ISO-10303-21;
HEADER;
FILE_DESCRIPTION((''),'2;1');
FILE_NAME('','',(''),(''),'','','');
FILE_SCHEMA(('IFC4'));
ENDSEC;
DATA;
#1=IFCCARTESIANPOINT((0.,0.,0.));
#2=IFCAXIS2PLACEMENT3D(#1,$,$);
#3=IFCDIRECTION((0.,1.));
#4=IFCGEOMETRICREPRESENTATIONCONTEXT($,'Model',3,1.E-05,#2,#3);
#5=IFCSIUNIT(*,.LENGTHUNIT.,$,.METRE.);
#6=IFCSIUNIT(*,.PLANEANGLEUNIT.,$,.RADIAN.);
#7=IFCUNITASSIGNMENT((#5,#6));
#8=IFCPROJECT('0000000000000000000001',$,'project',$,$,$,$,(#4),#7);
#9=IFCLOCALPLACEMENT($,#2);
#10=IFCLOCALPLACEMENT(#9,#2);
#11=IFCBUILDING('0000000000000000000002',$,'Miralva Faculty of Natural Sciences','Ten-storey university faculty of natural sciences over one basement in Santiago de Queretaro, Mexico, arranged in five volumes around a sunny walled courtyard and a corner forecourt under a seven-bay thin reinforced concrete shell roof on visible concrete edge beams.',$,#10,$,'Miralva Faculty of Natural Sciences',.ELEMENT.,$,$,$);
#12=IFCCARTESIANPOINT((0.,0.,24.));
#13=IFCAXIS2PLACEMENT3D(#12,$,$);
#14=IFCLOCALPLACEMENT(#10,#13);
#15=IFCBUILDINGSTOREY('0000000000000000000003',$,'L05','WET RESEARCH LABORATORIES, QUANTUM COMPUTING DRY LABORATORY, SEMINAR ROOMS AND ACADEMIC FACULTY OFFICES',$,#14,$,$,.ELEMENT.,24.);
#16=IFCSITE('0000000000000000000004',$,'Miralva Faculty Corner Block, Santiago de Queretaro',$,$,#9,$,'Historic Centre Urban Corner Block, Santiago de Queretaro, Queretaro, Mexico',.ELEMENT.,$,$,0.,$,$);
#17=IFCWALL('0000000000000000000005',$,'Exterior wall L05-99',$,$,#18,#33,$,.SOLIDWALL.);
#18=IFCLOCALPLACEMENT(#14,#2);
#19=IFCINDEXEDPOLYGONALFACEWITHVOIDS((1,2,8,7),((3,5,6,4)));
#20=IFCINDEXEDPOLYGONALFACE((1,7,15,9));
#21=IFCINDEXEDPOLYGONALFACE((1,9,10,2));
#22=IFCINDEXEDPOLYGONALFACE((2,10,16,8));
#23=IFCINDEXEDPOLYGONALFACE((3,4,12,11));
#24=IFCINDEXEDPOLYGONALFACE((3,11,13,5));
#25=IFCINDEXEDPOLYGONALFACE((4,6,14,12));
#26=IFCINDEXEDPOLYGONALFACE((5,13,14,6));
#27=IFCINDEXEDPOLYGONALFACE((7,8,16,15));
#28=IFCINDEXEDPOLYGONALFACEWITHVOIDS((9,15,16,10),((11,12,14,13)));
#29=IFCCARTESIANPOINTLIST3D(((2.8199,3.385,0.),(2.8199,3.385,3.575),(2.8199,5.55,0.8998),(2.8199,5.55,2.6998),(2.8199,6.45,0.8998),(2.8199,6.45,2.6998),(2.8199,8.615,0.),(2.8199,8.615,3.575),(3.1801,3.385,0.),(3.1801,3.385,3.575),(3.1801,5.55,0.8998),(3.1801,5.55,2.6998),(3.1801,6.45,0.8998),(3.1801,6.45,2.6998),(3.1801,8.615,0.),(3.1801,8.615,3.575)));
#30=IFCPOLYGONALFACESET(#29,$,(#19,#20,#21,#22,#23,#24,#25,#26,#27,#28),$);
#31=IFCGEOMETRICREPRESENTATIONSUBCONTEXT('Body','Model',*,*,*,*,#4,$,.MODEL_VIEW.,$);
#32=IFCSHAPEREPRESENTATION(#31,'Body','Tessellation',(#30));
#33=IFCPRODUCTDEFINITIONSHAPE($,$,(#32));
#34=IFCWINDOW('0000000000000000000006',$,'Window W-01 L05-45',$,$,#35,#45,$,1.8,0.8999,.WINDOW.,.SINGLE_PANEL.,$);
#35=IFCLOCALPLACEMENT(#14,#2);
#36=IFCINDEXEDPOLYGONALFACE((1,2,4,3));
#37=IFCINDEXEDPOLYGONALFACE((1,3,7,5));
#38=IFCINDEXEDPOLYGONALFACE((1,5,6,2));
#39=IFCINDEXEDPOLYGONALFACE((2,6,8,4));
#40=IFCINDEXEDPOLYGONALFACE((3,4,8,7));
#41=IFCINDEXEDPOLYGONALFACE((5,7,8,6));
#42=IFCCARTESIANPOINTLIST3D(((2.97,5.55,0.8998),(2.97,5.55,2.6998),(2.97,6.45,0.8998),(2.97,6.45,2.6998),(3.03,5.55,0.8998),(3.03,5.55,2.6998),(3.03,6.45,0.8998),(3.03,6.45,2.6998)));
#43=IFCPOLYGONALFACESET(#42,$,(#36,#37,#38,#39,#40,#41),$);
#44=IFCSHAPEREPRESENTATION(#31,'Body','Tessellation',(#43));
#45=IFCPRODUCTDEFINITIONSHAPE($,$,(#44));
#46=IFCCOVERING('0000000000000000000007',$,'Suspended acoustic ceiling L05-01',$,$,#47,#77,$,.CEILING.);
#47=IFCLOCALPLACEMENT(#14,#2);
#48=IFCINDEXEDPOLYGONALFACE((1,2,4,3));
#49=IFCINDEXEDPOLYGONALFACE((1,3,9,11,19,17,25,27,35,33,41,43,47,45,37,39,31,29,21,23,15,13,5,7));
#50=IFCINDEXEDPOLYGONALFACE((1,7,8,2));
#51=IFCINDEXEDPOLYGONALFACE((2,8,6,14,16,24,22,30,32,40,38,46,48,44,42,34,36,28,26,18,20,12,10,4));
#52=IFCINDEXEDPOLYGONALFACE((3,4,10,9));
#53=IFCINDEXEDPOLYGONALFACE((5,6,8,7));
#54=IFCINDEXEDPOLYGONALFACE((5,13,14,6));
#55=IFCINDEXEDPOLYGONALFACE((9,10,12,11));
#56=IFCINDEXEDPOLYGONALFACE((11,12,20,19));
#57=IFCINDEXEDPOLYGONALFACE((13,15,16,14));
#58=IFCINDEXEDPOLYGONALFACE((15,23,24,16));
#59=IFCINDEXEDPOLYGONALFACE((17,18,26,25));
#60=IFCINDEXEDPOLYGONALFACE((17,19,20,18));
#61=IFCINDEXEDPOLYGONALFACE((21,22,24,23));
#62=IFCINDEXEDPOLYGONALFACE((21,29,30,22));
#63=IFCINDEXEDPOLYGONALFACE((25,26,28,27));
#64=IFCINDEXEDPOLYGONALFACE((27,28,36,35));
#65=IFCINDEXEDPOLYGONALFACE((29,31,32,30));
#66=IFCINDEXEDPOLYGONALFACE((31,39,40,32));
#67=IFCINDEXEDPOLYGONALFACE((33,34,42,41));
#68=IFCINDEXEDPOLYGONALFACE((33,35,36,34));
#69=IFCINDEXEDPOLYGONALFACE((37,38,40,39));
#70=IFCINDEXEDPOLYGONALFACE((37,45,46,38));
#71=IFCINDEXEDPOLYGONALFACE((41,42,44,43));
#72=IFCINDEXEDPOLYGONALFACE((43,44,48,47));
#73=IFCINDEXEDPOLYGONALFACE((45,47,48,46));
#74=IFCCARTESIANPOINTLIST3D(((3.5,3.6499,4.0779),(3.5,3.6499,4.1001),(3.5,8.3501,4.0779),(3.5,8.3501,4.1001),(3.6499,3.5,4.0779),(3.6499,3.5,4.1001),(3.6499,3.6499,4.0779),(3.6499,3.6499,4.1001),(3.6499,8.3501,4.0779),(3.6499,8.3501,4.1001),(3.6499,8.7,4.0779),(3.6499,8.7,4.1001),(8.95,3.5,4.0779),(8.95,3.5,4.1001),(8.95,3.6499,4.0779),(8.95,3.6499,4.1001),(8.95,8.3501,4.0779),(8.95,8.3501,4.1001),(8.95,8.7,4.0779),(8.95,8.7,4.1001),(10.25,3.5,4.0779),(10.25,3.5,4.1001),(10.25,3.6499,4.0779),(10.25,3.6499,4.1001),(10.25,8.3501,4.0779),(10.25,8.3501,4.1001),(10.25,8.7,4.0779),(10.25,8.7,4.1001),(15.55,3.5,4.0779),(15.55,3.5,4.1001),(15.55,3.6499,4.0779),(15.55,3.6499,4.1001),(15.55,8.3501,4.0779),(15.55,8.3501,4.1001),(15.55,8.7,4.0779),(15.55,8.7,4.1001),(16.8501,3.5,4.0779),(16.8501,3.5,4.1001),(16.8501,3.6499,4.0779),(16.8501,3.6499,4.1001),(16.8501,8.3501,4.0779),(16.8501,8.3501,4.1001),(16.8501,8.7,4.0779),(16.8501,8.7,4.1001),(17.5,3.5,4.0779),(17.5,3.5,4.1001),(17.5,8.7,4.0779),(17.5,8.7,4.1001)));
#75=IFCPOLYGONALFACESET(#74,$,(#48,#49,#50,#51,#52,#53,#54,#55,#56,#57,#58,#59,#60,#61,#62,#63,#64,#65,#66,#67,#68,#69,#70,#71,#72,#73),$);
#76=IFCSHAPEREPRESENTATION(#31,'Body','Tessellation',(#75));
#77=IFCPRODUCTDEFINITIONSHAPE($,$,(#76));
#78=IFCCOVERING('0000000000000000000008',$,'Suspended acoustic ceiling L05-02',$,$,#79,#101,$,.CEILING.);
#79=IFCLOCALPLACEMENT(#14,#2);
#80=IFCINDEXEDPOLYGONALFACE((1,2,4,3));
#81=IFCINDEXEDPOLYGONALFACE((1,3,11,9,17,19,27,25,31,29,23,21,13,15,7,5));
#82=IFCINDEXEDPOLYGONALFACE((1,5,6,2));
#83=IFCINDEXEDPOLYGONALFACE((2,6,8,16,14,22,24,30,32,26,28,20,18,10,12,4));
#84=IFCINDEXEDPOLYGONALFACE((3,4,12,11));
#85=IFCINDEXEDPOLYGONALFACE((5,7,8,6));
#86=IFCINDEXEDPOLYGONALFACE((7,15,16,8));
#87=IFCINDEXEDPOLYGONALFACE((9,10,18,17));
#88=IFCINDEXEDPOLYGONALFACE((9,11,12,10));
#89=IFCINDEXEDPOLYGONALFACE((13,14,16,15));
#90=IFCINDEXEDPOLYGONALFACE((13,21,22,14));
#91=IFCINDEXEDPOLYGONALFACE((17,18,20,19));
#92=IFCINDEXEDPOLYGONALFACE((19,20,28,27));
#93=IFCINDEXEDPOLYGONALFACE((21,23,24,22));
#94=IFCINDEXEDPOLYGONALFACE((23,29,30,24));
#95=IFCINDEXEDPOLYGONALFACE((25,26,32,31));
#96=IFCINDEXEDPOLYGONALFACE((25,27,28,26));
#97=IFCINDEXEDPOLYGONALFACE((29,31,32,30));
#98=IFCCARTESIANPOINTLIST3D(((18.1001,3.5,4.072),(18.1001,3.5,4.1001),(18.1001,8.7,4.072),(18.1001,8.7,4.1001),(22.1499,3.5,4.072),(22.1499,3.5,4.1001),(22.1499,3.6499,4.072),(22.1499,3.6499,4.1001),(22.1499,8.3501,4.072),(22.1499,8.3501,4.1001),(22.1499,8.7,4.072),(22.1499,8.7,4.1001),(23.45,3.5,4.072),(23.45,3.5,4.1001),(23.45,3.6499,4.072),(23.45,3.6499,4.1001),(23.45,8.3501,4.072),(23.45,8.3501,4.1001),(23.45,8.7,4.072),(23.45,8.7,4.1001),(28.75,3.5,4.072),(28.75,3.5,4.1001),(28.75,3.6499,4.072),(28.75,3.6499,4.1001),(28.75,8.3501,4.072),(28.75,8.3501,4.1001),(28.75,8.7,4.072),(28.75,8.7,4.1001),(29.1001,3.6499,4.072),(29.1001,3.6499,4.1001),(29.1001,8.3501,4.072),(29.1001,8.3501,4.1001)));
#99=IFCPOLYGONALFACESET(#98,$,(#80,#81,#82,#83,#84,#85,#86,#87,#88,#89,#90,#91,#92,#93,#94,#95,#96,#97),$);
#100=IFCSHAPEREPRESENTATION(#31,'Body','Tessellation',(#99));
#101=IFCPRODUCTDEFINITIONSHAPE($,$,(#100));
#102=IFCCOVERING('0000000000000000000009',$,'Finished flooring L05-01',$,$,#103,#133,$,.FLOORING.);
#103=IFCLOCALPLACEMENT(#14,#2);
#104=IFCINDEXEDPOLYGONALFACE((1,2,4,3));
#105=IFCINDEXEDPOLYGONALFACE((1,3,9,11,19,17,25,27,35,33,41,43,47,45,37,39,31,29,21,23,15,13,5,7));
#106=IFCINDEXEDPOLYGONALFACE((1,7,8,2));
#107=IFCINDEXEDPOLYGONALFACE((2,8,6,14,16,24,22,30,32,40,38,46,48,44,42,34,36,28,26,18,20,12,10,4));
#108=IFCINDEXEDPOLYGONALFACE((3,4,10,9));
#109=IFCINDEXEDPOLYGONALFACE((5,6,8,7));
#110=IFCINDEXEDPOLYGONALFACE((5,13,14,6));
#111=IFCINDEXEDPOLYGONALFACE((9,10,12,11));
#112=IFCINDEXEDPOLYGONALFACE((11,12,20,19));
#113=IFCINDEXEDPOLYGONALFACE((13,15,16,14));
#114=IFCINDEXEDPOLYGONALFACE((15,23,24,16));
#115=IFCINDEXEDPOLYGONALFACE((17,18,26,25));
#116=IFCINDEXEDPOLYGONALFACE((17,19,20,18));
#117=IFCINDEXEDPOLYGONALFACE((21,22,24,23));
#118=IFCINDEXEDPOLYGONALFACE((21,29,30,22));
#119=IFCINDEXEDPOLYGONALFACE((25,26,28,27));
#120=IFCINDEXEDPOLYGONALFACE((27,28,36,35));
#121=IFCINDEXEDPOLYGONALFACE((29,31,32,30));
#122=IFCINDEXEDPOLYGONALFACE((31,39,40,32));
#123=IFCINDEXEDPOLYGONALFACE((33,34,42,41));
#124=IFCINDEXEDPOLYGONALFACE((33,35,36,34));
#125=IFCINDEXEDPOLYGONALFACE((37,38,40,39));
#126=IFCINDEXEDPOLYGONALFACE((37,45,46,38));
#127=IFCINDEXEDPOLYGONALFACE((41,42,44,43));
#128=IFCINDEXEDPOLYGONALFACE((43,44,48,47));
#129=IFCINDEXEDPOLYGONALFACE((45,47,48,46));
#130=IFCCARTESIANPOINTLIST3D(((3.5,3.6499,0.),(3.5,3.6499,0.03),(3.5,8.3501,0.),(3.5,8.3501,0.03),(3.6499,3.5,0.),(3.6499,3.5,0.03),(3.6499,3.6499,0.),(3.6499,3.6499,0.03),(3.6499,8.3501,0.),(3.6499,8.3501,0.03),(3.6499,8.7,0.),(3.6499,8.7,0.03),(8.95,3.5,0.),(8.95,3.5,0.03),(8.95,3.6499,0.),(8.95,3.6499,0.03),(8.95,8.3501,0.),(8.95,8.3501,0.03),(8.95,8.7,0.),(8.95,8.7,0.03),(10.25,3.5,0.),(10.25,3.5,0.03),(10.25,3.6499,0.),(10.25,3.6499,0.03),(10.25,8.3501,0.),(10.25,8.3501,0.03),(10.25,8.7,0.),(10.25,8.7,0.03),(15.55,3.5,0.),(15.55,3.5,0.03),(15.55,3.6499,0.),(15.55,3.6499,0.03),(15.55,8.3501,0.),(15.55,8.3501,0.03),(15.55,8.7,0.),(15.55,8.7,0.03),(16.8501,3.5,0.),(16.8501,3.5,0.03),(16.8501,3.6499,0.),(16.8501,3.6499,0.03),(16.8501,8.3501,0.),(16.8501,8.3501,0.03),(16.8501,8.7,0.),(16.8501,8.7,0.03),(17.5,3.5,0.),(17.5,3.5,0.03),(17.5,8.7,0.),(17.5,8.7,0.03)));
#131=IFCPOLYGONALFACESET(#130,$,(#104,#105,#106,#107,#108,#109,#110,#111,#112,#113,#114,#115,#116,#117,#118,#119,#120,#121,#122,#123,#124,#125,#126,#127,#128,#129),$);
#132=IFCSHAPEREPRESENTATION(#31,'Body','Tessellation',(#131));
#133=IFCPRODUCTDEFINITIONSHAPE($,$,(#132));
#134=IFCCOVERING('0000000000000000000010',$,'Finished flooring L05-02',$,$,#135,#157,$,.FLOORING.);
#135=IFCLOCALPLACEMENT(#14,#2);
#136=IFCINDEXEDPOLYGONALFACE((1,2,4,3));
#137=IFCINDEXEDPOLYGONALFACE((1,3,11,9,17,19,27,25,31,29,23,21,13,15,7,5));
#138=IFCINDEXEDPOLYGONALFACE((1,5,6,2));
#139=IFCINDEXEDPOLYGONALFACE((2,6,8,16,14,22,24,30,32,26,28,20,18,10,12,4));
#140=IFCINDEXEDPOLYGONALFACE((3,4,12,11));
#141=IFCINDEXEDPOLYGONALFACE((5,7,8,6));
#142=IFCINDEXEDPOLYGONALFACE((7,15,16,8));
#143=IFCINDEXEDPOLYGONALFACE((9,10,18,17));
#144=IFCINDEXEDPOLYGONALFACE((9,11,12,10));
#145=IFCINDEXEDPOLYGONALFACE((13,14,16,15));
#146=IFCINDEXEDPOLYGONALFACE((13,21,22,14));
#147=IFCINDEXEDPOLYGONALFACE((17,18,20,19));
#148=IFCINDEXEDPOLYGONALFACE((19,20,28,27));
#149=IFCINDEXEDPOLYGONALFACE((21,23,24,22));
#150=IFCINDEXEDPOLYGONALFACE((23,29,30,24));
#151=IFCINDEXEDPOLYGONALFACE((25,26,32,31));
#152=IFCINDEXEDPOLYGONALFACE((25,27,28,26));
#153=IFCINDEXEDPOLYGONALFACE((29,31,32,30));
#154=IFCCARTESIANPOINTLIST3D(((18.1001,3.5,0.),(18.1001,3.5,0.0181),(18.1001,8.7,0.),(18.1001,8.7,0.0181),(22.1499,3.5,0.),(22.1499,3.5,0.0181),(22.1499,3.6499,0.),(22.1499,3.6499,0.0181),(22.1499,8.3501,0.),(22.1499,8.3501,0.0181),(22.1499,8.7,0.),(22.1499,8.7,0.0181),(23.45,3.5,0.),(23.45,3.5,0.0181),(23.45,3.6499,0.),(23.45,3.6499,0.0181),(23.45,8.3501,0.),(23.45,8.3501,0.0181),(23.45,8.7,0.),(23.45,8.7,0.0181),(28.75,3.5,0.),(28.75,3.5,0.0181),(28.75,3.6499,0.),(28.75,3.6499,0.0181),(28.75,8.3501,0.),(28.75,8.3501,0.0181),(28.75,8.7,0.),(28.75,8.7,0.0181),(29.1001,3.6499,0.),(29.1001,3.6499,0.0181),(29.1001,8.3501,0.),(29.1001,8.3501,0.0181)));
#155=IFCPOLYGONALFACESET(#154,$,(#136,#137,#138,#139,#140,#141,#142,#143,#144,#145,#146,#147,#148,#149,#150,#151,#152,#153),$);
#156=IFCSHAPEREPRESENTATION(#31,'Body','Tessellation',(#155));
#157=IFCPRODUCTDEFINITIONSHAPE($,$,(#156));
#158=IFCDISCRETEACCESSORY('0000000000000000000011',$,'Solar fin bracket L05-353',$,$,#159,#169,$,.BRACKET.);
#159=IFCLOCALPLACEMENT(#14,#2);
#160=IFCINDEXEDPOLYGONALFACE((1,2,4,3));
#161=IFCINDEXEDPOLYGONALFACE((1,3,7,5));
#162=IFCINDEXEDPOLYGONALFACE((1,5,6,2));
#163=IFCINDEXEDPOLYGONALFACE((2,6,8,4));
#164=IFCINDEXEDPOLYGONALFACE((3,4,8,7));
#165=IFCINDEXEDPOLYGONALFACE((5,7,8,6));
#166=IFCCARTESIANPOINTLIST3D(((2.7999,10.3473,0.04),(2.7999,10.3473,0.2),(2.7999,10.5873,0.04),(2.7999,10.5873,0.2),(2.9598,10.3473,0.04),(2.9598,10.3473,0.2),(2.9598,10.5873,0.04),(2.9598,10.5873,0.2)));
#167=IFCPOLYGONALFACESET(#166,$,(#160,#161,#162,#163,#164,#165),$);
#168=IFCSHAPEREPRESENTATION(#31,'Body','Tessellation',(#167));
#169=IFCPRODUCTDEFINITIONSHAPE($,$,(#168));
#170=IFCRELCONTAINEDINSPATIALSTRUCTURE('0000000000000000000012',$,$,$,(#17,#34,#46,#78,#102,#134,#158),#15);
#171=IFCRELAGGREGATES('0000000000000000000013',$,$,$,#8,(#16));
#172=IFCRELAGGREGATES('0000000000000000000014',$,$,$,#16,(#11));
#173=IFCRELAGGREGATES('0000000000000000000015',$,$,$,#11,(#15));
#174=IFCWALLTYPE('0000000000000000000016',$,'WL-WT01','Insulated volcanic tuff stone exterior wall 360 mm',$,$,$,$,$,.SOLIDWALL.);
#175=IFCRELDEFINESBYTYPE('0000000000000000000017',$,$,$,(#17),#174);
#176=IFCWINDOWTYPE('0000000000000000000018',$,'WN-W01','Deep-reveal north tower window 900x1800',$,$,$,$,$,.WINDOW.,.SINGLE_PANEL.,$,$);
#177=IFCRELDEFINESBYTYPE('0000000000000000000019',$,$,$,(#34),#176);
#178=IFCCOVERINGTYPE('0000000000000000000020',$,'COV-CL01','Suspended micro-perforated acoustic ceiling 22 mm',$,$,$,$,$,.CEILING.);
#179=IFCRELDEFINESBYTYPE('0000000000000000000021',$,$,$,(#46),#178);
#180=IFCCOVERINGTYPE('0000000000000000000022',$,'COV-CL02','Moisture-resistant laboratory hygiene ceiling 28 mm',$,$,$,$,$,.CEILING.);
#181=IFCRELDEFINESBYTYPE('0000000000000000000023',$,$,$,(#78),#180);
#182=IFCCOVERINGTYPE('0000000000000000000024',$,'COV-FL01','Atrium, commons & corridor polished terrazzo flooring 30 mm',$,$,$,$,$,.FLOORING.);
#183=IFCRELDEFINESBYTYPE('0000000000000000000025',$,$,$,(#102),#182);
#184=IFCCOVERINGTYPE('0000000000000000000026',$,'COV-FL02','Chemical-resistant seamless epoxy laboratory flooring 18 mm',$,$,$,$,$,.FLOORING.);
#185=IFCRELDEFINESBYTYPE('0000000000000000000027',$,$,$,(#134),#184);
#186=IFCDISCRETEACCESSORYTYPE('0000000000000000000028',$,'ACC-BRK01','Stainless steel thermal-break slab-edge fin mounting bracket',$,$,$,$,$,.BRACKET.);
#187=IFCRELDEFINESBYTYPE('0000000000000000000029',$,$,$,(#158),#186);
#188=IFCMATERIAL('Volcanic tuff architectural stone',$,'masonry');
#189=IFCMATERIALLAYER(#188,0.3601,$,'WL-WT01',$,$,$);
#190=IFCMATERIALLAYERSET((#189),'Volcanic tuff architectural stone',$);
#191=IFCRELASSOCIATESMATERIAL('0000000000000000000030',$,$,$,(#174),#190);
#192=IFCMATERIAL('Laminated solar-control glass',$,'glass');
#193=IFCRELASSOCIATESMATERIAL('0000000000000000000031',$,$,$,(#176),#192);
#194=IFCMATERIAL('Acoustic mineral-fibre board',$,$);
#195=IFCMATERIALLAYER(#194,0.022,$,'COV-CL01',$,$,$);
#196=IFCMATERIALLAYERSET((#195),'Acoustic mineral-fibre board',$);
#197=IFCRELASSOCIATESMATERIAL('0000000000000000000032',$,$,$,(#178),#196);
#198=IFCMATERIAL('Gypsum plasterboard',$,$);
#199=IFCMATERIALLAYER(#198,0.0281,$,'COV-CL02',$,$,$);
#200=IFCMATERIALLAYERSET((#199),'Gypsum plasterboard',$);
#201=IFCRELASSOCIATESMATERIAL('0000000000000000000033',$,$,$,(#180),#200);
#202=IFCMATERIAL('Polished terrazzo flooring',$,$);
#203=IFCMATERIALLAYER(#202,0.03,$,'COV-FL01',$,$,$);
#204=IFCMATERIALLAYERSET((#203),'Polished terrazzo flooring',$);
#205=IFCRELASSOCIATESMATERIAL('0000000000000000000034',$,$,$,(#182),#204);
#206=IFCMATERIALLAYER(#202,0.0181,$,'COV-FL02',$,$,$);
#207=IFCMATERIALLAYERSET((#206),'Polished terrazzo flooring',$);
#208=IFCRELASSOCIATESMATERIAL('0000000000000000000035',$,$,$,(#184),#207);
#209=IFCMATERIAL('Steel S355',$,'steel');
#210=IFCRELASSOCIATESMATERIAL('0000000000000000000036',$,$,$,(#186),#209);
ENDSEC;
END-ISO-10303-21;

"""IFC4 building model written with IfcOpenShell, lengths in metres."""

from ifc_helpers import new_model, si_unit, direction, frame, frame_2d, origin, origin_2d, place, context, subcontext, project, spatial, polyline, rectangle, outline, extrude, material, layer, layer_set, type_object, element, fill, save


model = new_model("IFC4")

# Units and contexts
model_context = context("Model", 3, precision=1e-05, world=origin(), true_north=direction((0.0, 1.0)))
body_context = subcontext(model_context, "Body", "Model", "MODEL_VIEW")
ifc_project = project(units=[si_unit("LENGTHUNIT", "METRE"), si_unit("PLANEANGLEUNIT", "RADIAN")], contexts=[model_context])

# Site, building, storey
site_placement = place(None, origin())
site = spatial("IfcSite", under=ifc_project, at=site_placement, Name="Miralva Faculty Corner Block, Santiago de Queretaro", LongName="Historic Centre Urban Corner Block, Santiago de Queretaro, Queretaro, Mexico", CompositionType="ELEMENT", RefElevation=0.0)
building_placement = place(site_placement, origin())
building = spatial("IfcBuilding", under=site, at=building_placement, Name="Miralva Faculty of Natural Sciences", Description="Ten-storey university faculty of natural sciences over one basement in Santiago de Queretaro, Mexico, arranged in five volumes around a sunny walled courtyard and a corner forecourt under a seven-bay thin reinforced concrete shell roof on visible concrete edge beams.", LongName="Miralva Faculty of Natural Sciences", CompositionType="ELEMENT")
storey_placement = place(building_placement, frame((0.0, 0.0, 24.0)))
storey = spatial("IfcBuildingStorey", under=building, at=storey_placement, Name="L05", Description="WET RESEARCH LABORATORIES, QUANTUM COMPUTING DRY LABORATORY, SEMINAR ROOMS AND ACADEMIC FACULTY OFFICES", CompositionType="ELEMENT", Elevation=24.0)

# Shared definitions
ifc_material_1 = material(Name="Laminated solar-control glass", Category="glass")

# Wall, opening, window
ifc_material_2 = material(Name="Volcanic tuff architectural stone", Category="masonry")
ifc_layer_1 = layer(ifc_material_2, 0.3601, Name="WL-WT01")
ifc_layer_set_1 = layer_set([ifc_layer_1], Name="Volcanic tuff architectural stone")
wall_type = type_object("IfcWallType", Name="WL-WT01", Description="Insulated volcanic tuff stone exterior wall 360 mm", PredefinedType="SOLIDWALL", material=ifc_layer_set_1)
wall_placement = place(storey_placement, frame((3.0, 3.385, 0.0), z_axis=(0.0, 0.0, 1.0), x_axis=(0.0, 1.0, 0.0)))
wall = element("IfcWall", 1, at=wall_placement, inside=storey, type_object=wall_type, Name="Exterior wall L05-99", PredefinedType="SOLIDWALL", context=body_context, shape_type="SweptSolid", body=[
    extrude(rectangle(XDim=5.23, YDim=0.3601, at=frame_2d((2.615, 0.0))), origin(), (0.0, 0.0, 1.0), 3.575),
])
opening_1_placement = place(wall_placement, frame((2.165, 0.0, 0.8999)))
opening_1 = element("IfcOpeningElement", 2, at=opening_1_placement, cuts=wall, PredefinedType="OPENING", context=body_context, shape_type="SweptSolid", body=[
    extrude(rectangle(XDim=0.8999, YDim=1.8, at=frame_2d((0.45, 0.8999))), frame((0.0, 0.1899, 0.0), z_axis=(0.0, -1.0, 0.0), x_axis=(1.0, 0.0, 0.0)), (0.0, 0.0, 1.0), 0.3801),
])
window_type_1 = type_object("IfcWindowType", Name="WN-W01", Description="Deep-reveal north tower window 900x1800", PartitioningType="SINGLE_PANEL", PredefinedType="WINDOW", material=ifc_material_1)
window_1_placement = place(opening_1_placement, origin())
window_1 = element("IfcWindow", 3, at=window_1_placement, inside=storey, type_object=window_type_1, Name="Window W-01 L05-45", OverallHeight=1.8, OverallWidth=0.8999, PartitioningType="SINGLE_PANEL", PredefinedType="WINDOW", context=body_context, shape_type="SweptSolid", body=[
    extrude(rectangle(XDim=0.8999, YDim=1.8, at=frame_2d((0.45, 0.8999))), frame((0.0, 0.03, 0.0), z_axis=(0.0, -1.0, 0.0), x_axis=(1.0, 0.0, 0.0)), (0.0, 0.0, 1.0), 0.0601),
])
fill(opening_1, window_1)

# Coverings
ifc_material_3 = material(Name="Acoustic mineral-fibre board")
ifc_layer_2 = layer(ifc_material_3, 0.022, Name="COV-CL01")
ifc_layer_set_2 = layer_set([ifc_layer_2], Name="Acoustic mineral-fibre board")
covering_type_1 = type_object("IfcCoveringType", Name="COV-CL01", Description="Suspended micro-perforated acoustic ceiling 22 mm", PredefinedType="CEILING", material=ifc_layer_set_2)
covering_1_placement = place(storey_placement, frame((0.0, 0.0, 4.0779)))
element("IfcCovering", 4, at=covering_1_placement, inside=storey, type_object=covering_type_1, Name="Suspended acoustic ceiling L05-01", PredefinedType="CEILING", context=body_context, shape_type="SweptSolid", body=[
    extrude(outline(polyline([(15.55, 8.3501), (16.8501, 8.3501), (16.8501, 8.7), (17.5, 8.7), (17.5, 3.5), (16.8501, 3.5), (16.8501, 3.6499), (15.55, 3.6499), (15.55, 3.5), (10.25, 3.5), (10.25, 3.6499), (8.95, 3.6499), (8.95, 3.5), (3.6499, 3.5), (3.6499, 3.6499), (3.5, 3.6499), (3.5, 8.3501), (3.6499, 8.3501), (3.6499, 8.7), (8.95, 8.7), (8.95, 8.3501), (10.25, 8.3501), (10.25, 8.7), (15.55, 8.7), (15.55, 8.3501)])), origin(), (0.0, 0.0, 1.0), 0.0222),
])
ifc_material_4 = material(Name="Gypsum plasterboard")
ifc_layer_3 = layer(ifc_material_4, 0.0281, Name="COV-CL02")
ifc_layer_set_3 = layer_set([ifc_layer_3], Name="Gypsum plasterboard")
covering_type_2 = type_object("IfcCoveringType", Name="COV-CL02", Description="Moisture-resistant laboratory hygiene ceiling 28 mm", PredefinedType="CEILING", material=ifc_layer_set_3)
covering_2_placement = place(storey_placement, frame((0.0, 0.0, 4.072)))
element("IfcCovering", 5, at=covering_2_placement, inside=storey, type_object=covering_type_2, Name="Suspended acoustic ceiling L05-02", PredefinedType="CEILING", context=body_context, shape_type="SweptSolid", body=[
    extrude(outline(polyline([(28.75, 3.5), (23.45, 3.5), (23.45, 3.6499), (22.1499, 3.6499), (22.1499, 3.5), (18.1001, 3.5), (18.1001, 8.7), (22.1499, 8.7), (22.1499, 8.3501), (23.45, 8.3501), (23.45, 8.7), (28.75, 8.7), (28.75, 8.3501), (29.1001, 8.3501), (29.1001, 3.6499), (28.75, 3.6499), (28.75, 3.5)])), origin(), (0.0, 0.0, 1.0), 0.0281),
])
ifc_material_5 = material(Name="Polished terrazzo flooring")
ifc_layer_4 = layer(ifc_material_5, 0.03, Name="COV-FL01")
ifc_layer_set_4 = layer_set([ifc_layer_4], Name="Polished terrazzo flooring")
covering_type_3 = type_object("IfcCoveringType", Name="COV-FL01", Description="Atrium, commons & corridor polished terrazzo flooring 30 mm", PredefinedType="FLOORING", material=ifc_layer_set_4)
covering_3_placement = place(storey_placement, origin())
element("IfcCovering", 6, at=covering_3_placement, inside=storey, type_object=covering_type_3, Name="Finished flooring L05-01", PredefinedType="FLOORING", context=body_context, shape_type="SweptSolid", body=[
    extrude(outline(polyline([(15.55, 8.3501), (16.8501, 8.3501), (16.8501, 8.7), (17.5, 8.7), (17.5, 3.5), (16.8501, 3.5), (16.8501, 3.6499), (15.55, 3.6499), (15.55, 3.5), (10.25, 3.5), (10.25, 3.6499), (8.95, 3.6499), (8.95, 3.5), (3.6499, 3.5), (3.6499, 3.6499), (3.5, 3.6499), (3.5, 8.3501), (3.6499, 8.3501), (3.6499, 8.7), (8.95, 8.7), (8.95, 8.3501), (10.25, 8.3501), (10.25, 8.7), (15.55, 8.7), (15.55, 8.3501)])), origin(), (0.0, 0.0, 1.0), 0.03),
])
ifc_layer_5 = layer(ifc_material_5, 0.0181, Name="COV-FL02")
ifc_layer_set_5 = layer_set([ifc_layer_5], Name="Polished terrazzo flooring")
covering_type_4 = type_object("IfcCoveringType", Name="COV-FL02", Description="Chemical-resistant seamless epoxy laboratory flooring 18 mm", PredefinedType="FLOORING", material=ifc_layer_set_5)
covering_4_placement = place(storey_placement, origin())
element("IfcCovering", 7, at=covering_4_placement, inside=storey, type_object=covering_type_4, Name="Finished flooring L05-02", PredefinedType="FLOORING", context=body_context, shape_type="SweptSolid", body=[
    extrude(outline(polyline([(28.75, 3.5), (23.45, 3.5), (23.45, 3.6499), (22.1499, 3.6499), (22.1499, 3.5), (18.1001, 3.5), (18.1001, 8.7), (22.1499, 8.7), (22.1499, 8.3501), (23.45, 8.3501), (23.45, 8.7), (28.75, 8.7), (28.75, 8.3501), (29.1001, 8.3501), (29.1001, 3.6499), (28.75, 3.6499), (28.75, 3.5)])), origin(), (0.0, 0.0, 1.0), 0.0181),
])

# Discrete accessory
ifc_material_6 = material(Name="Steel S355", Category="steel")
discrete_accessory_type = type_object("IfcDiscreteAccessoryType", Name="ACC-BRK01", Description="Stainless steel thermal-break slab-edge fin mounting bracket", PredefinedType="BRACKET", material=ifc_material_6)
discrete_accessory_placement = place(storey_placement, frame((2.8799, 10.4673, 0.04), z_axis=(0.0, 0.0, 1.0), x_axis=(-1.0, 0.0, 0.0)))
element("IfcDiscreteAccessory", 8, at=discrete_accessory_placement, inside=storey, type_object=discrete_accessory_type, Name="Solar fin bracket L05-353", PredefinedType="BRACKET", context=body_context, shape_type="SweptSolid", body=[
    extrude(rectangle(XDim=0.1599, YDim=0.24, at=origin_2d()), origin(), (0.0, 0.0, 1.0), 0.1599),
])

save(model, "model.ifc")
